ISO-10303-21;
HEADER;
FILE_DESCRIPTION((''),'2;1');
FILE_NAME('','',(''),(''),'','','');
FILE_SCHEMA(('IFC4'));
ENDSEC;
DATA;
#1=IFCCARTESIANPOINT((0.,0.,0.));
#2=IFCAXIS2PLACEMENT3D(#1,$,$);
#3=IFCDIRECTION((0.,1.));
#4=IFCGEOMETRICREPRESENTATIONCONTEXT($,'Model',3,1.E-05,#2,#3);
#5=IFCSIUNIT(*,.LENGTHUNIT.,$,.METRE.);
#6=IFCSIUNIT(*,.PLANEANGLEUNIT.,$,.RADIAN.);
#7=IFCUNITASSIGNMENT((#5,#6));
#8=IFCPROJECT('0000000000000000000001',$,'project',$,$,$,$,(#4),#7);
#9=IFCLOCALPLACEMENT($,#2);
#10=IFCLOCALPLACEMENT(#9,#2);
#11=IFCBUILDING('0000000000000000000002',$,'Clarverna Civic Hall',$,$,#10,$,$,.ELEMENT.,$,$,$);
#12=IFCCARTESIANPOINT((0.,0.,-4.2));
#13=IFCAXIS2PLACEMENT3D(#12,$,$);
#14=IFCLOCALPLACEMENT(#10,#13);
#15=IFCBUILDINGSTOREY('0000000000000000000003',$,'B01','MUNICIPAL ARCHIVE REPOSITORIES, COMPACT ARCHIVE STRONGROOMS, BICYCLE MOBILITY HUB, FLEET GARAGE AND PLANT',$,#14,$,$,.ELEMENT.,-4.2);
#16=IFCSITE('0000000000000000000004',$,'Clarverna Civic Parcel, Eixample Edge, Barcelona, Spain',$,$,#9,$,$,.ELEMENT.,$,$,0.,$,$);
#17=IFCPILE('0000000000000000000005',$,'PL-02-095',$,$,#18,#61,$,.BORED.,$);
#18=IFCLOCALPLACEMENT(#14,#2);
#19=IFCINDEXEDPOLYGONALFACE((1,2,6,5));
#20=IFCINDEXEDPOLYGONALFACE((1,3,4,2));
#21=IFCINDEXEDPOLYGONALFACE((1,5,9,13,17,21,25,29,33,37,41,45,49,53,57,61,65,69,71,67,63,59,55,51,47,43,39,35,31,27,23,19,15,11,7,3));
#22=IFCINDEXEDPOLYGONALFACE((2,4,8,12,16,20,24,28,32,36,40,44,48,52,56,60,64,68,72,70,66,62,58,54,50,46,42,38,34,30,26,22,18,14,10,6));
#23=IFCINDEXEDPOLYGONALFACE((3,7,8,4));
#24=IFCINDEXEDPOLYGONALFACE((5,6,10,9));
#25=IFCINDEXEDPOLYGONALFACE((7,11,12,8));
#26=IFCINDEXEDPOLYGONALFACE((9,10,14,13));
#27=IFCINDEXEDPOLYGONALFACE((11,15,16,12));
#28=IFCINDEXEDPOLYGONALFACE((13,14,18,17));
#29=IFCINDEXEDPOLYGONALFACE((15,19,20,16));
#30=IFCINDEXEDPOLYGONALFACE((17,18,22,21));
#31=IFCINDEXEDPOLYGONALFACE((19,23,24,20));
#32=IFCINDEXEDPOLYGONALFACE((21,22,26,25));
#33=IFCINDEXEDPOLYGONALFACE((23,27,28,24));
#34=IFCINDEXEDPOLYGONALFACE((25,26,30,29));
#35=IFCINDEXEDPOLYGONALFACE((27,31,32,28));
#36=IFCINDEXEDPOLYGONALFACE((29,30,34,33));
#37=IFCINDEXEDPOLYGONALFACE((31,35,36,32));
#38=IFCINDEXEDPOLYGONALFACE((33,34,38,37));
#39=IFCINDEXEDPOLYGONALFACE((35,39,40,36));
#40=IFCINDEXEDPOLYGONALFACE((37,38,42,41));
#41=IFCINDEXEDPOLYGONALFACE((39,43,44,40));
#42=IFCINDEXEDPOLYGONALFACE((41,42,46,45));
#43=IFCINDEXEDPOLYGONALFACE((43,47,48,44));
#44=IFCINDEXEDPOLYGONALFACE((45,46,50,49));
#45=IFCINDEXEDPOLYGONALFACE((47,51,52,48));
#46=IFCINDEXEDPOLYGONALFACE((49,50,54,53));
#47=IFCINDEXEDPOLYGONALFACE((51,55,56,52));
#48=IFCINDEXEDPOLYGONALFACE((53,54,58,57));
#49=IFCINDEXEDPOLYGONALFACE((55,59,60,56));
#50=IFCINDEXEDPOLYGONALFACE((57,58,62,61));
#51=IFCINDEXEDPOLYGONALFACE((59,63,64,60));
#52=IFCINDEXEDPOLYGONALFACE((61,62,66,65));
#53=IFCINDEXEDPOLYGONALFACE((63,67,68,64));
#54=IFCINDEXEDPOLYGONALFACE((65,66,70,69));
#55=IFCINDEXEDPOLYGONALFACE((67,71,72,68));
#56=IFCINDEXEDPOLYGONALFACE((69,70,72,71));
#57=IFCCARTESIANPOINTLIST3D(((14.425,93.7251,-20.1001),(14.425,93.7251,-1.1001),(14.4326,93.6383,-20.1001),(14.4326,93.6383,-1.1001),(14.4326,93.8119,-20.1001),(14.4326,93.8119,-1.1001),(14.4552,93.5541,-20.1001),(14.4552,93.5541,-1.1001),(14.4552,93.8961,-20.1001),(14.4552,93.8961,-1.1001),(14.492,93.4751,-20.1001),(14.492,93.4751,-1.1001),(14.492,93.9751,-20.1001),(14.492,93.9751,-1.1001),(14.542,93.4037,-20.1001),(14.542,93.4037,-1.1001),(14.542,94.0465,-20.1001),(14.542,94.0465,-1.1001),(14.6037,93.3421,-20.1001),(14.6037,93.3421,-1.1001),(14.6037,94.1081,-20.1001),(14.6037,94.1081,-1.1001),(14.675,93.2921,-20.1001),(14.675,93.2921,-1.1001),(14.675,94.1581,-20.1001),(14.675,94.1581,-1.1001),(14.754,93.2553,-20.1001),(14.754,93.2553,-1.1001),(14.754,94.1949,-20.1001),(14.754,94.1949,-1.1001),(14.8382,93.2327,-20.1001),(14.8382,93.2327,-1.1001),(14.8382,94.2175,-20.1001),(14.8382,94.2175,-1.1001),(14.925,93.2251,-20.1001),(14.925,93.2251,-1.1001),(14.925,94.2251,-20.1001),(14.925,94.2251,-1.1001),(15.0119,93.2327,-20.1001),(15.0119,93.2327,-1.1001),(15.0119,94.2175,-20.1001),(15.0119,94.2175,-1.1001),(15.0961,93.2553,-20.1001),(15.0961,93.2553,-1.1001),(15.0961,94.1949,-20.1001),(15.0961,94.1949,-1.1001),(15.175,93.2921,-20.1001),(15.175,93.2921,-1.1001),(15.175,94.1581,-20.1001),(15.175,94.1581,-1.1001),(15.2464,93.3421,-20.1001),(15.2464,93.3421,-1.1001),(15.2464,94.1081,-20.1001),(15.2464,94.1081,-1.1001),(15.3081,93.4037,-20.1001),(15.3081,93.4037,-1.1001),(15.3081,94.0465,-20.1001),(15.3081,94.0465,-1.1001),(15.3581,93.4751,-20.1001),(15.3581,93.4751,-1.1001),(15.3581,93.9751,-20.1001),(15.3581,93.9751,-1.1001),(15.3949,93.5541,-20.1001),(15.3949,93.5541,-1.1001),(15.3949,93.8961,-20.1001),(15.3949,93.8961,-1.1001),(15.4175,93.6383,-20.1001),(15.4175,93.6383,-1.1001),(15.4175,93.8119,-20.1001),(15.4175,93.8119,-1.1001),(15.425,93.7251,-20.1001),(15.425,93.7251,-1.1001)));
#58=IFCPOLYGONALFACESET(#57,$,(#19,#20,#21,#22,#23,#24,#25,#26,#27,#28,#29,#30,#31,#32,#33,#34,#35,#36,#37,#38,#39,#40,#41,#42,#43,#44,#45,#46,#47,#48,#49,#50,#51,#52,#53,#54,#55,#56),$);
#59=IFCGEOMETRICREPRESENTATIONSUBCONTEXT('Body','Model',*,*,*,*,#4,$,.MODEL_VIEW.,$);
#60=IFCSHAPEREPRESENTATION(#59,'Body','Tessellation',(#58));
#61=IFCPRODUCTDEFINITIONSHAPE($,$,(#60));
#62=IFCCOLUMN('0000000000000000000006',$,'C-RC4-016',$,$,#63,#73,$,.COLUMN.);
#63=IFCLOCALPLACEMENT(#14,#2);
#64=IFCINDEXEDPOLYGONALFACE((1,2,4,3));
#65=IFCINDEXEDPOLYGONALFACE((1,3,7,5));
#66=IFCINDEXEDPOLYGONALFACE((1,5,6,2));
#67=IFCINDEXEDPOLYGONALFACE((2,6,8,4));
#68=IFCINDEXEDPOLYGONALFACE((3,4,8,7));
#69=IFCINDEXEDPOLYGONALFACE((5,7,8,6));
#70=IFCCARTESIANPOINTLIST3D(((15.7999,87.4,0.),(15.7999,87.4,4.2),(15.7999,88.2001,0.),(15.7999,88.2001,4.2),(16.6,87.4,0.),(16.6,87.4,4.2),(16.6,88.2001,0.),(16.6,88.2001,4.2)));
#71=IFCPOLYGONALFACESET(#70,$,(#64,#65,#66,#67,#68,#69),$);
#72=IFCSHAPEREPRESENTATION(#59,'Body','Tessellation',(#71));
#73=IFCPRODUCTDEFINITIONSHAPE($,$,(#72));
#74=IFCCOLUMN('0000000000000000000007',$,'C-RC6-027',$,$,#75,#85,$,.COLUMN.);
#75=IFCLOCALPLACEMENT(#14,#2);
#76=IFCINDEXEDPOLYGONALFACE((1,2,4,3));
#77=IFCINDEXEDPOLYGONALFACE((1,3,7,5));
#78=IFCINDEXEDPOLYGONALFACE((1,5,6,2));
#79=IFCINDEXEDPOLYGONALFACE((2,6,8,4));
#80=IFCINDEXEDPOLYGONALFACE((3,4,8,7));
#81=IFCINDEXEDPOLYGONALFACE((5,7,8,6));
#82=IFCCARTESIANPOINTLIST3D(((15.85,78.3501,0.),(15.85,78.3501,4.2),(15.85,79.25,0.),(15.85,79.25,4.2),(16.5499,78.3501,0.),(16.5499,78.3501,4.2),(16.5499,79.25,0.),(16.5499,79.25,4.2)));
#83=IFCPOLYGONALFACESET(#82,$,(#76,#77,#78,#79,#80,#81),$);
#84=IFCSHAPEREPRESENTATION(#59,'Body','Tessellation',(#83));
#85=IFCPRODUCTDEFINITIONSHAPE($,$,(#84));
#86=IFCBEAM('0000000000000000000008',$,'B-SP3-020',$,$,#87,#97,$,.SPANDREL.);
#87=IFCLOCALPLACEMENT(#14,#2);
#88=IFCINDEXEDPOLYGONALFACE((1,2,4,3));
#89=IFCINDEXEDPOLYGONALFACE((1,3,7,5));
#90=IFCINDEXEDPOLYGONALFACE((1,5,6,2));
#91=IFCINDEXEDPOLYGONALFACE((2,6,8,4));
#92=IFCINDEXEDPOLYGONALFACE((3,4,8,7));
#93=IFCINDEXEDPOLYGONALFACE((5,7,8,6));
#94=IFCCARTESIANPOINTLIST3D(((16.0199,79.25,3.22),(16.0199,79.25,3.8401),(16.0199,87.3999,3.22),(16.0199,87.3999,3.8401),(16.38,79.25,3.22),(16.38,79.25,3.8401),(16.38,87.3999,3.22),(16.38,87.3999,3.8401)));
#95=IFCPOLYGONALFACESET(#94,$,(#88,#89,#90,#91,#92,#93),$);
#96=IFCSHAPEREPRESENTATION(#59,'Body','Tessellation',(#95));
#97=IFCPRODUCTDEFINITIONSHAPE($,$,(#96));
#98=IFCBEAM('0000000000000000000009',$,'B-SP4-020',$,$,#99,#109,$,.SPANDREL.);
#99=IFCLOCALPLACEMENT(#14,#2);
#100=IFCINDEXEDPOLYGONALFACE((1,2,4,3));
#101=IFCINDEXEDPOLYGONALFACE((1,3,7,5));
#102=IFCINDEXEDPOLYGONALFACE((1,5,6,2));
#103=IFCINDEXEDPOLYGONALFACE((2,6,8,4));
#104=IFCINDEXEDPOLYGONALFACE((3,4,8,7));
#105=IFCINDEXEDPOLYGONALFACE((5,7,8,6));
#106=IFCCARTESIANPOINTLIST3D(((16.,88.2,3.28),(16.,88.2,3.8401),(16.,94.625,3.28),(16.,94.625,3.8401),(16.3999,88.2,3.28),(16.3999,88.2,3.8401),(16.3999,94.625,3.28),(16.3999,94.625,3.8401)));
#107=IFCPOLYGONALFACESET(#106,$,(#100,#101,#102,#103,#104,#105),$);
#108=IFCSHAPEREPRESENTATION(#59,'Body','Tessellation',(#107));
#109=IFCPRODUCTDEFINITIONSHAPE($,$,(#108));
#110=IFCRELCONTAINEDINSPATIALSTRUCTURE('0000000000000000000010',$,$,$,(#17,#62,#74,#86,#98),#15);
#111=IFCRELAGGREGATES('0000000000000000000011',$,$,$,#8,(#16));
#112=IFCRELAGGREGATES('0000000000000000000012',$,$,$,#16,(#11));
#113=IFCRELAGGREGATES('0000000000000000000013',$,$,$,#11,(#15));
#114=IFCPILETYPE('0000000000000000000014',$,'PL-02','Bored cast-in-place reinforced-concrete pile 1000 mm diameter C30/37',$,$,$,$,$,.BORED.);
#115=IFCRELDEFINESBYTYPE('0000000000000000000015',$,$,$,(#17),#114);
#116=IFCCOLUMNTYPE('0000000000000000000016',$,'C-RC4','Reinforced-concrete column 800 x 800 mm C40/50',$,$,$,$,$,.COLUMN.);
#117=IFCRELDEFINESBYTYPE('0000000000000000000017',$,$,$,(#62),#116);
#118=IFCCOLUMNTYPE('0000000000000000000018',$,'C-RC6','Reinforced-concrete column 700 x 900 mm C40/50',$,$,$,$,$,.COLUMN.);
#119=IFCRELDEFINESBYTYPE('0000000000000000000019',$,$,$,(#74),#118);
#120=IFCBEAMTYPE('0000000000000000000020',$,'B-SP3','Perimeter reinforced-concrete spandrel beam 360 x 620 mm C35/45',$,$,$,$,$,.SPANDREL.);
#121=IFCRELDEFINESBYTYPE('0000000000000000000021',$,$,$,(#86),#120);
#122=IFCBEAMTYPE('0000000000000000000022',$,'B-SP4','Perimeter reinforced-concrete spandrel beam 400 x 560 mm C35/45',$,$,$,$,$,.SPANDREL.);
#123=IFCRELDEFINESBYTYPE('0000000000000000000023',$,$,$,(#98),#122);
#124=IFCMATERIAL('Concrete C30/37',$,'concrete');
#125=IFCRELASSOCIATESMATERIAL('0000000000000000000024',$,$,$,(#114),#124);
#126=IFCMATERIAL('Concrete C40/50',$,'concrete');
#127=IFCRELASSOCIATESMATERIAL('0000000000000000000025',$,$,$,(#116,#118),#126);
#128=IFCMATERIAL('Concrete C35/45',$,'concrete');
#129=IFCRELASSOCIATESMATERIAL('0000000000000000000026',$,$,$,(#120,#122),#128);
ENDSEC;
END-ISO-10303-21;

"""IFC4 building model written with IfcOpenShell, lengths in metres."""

from ifc_helpers import new_model, si_unit, direction, frame, origin, origin_2d, place, context, subcontext, project, spatial, rectangle, circle, extrude, material, material_profile, profile_set, type_object, element, save


model = new_model("IFC4")

# Units and contexts
model_context = context("Model", 3, precision=1e-05, world=origin(), true_north=direction((0.0, 1.0)))
body_context = subcontext(model_context, "Body", "Model", "MODEL_VIEW")
ifc_project = project(units=[si_unit("LENGTHUNIT", "METRE"), si_unit("PLANEANGLEUNIT", "RADIAN")], contexts=[model_context])

# Site, building, storey
site_placement = place(None, origin())
site = spatial("IfcSite", under=ifc_project, at=site_placement, Name="Clarverna Civic Parcel, Eixample Edge, Barcelona, Spain", CompositionType="ELEMENT", RefElevation=0.0)
building_placement = place(site_placement, origin())
building = spatial("IfcBuilding", under=site, at=building_placement, Name="Clarverna Civic Hall", CompositionType="ELEMENT")
storey_placement = place(building_placement, frame((0.0, 0.0, -4.2)))
storey = spatial("IfcBuildingStorey", under=building, at=storey_placement, Name="B01", Description="MUNICIPAL ARCHIVE REPOSITORIES, COMPACT ARCHIVE STRONGROOMS, BICYCLE MOBILITY HUB, FLEET GARAGE AND PLANT", CompositionType="ELEMENT", Elevation=-4.2)

# Shared definitions
ifc_material_1 = material(Name="Concrete C30/37", Category="concrete")

# Pile
ifc_material_profile_1 = material_profile(ifc_material_1, circle(Radius=0.5, at=origin_2d()), Name="BORED PILE D1000")
ifc_profile_set_1 = profile_set([ifc_material_profile_1], Name="Concrete C30/37")
pile_type_1 = type_object("IfcPileType", Name="PL-02", Description="Bored cast-in-place reinforced-concrete pile 1000 mm diameter C30/37", PredefinedType="BORED", material=ifc_profile_set_1)
for number, where, z_axis, x_axis, name in (
    (1, (14.925, 93.7251, -1.1001), (0.0, 0.0, -1.0), (1.0, 0.0, 0.0), "PL-02-095"),
):
    element("IfcPile", number, at=place(storey_placement, frame(where, z_axis=z_axis, x_axis=x_axis)), inside=storey, type_object=pile_type_1, Name=name, PredefinedType="BORED", context=body_context, shape_type="SweptSolid", body=[
        extrude(circle(Radius=0.5, at=origin_2d()), origin(), (0.0, 0.0, 1.0), 19.0),
    ])

# Columns
ifc_material_2 = material(Name="Concrete C40/50", Category="concrete")
ifc_material_profile_2 = material_profile(ifc_material_2, rectangle(XDim=0.8, YDim=0.8, at=origin_2d()), Name="RC 800x800")
ifc_profile_set_2 = profile_set([ifc_material_profile_2], Name="Concrete C40/50")
column_type_1 = type_object("IfcColumnType", Name="C-RC4", Description="Reinforced-concrete column 800 x 800 mm C40/50", PredefinedType="COLUMN", material=ifc_profile_set_2)
column_1_placement = place(storey_placement, frame((16.2, 87.8, 0.0), z_axis=(0.0, 0.0, 1.0), x_axis=(1.0, 0.0, 0.0)))
element("IfcColumn", 2, at=column_1_placement, inside=storey, type_object=column_type_1, Name="C-RC4-016", PredefinedType="COLUMN", context=body_context, shape_type="SweptSolid", body=[
    extrude(rectangle(XDim=0.8, YDim=0.8, at=origin_2d()), origin(), (0.0, 0.0, 1.0), 4.2),
])
ifc_material_profile_3 = material_profile(ifc_material_2, rectangle(XDim=0.7, YDim=0.8999, at=origin_2d()), Name="RC 700x900")
ifc_profile_set_3 = profile_set([ifc_material_profile_3], Name="Concrete C40/50")
column_type_2 = type_object("IfcColumnType", Name="C-RC6", Description="Reinforced-concrete column 700 x 900 mm C40/50", PredefinedType="COLUMN", material=ifc_profile_set_3)
column_2_placement = place(storey_placement, frame((16.2, 78.8, 0.0), z_axis=(0.0, 0.0, 1.0), x_axis=(1.0, 0.0, 0.0)))
element("IfcColumn", 3, at=column_2_placement, inside=storey, type_object=column_type_2, Name="C-RC6-027", PredefinedType="COLUMN", context=body_context, shape_type="SweptSolid", body=[
    extrude(rectangle(XDim=0.7, YDim=0.8999, at=origin_2d()), origin(), (0.0, 0.0, 1.0), 4.2),
])

# Beams
ifc_material_3 = material(Name="Concrete C35/45", Category="concrete")
ifc_material_profile_4 = material_profile(ifc_material_3, rectangle(XDim=0.3601, YDim=0.6201, at=origin_2d()), Name="RC 360x620")
ifc_profile_set_4 = profile_set([ifc_material_profile_4], Name="Concrete C35/45")
beam_type_1 = type_object("IfcBeamType", Name="B-SP3", Description="Perimeter reinforced-concrete spandrel beam 360 x 620 mm C35/45", PredefinedType="SPANDREL", material=ifc_profile_set_4)
beam_1_placement = place(storey_placement, frame((16.2, 79.25, 3.53), z_axis=(0.0, 1.0, 0.0), x_axis=(-1.0, 0.0, 0.0)))
element("IfcBeam", 4, at=beam_1_placement, inside=storey, type_object=beam_type_1, Name="B-SP3-020", PredefinedType="SPANDREL", context=body_context, shape_type="SweptSolid", body=[
    extrude(rectangle(XDim=0.3601, YDim=0.6201, at=origin_2d()), origin(), (0.0, 0.0, 1.0), 8.1499),
])
ifc_material_profile_5 = material_profile(ifc_material_3, rectangle(XDim=0.3999, YDim=0.5601, at=origin_2d()), Name="RC 400x560")
ifc_profile_set_5 = profile_set([ifc_material_profile_5], Name="Concrete C35/45")
beam_type_2 = type_object("IfcBeamType", Name="B-SP4", Description="Perimeter reinforced-concrete spandrel beam 400 x 560 mm C35/45", PredefinedType="SPANDREL", material=ifc_profile_set_5)
beam_2_placement = place(storey_placement, frame((16.2, 88.2, 3.5601), z_axis=(0.0, 1.0, 0.0), x_axis=(-1.0, 0.0, 0.0)))
element("IfcBeam", 5, at=beam_2_placement, inside=storey, type_object=beam_type_2, Name="B-SP4-020", PredefinedType="SPANDREL", context=body_context, shape_type="SweptSolid", body=[
    extrude(rectangle(XDim=0.3999, YDim=0.5601, at=origin_2d()), origin(), (0.0, 0.0, 1.0), 6.425),
])

save(model, "model.ifc")
